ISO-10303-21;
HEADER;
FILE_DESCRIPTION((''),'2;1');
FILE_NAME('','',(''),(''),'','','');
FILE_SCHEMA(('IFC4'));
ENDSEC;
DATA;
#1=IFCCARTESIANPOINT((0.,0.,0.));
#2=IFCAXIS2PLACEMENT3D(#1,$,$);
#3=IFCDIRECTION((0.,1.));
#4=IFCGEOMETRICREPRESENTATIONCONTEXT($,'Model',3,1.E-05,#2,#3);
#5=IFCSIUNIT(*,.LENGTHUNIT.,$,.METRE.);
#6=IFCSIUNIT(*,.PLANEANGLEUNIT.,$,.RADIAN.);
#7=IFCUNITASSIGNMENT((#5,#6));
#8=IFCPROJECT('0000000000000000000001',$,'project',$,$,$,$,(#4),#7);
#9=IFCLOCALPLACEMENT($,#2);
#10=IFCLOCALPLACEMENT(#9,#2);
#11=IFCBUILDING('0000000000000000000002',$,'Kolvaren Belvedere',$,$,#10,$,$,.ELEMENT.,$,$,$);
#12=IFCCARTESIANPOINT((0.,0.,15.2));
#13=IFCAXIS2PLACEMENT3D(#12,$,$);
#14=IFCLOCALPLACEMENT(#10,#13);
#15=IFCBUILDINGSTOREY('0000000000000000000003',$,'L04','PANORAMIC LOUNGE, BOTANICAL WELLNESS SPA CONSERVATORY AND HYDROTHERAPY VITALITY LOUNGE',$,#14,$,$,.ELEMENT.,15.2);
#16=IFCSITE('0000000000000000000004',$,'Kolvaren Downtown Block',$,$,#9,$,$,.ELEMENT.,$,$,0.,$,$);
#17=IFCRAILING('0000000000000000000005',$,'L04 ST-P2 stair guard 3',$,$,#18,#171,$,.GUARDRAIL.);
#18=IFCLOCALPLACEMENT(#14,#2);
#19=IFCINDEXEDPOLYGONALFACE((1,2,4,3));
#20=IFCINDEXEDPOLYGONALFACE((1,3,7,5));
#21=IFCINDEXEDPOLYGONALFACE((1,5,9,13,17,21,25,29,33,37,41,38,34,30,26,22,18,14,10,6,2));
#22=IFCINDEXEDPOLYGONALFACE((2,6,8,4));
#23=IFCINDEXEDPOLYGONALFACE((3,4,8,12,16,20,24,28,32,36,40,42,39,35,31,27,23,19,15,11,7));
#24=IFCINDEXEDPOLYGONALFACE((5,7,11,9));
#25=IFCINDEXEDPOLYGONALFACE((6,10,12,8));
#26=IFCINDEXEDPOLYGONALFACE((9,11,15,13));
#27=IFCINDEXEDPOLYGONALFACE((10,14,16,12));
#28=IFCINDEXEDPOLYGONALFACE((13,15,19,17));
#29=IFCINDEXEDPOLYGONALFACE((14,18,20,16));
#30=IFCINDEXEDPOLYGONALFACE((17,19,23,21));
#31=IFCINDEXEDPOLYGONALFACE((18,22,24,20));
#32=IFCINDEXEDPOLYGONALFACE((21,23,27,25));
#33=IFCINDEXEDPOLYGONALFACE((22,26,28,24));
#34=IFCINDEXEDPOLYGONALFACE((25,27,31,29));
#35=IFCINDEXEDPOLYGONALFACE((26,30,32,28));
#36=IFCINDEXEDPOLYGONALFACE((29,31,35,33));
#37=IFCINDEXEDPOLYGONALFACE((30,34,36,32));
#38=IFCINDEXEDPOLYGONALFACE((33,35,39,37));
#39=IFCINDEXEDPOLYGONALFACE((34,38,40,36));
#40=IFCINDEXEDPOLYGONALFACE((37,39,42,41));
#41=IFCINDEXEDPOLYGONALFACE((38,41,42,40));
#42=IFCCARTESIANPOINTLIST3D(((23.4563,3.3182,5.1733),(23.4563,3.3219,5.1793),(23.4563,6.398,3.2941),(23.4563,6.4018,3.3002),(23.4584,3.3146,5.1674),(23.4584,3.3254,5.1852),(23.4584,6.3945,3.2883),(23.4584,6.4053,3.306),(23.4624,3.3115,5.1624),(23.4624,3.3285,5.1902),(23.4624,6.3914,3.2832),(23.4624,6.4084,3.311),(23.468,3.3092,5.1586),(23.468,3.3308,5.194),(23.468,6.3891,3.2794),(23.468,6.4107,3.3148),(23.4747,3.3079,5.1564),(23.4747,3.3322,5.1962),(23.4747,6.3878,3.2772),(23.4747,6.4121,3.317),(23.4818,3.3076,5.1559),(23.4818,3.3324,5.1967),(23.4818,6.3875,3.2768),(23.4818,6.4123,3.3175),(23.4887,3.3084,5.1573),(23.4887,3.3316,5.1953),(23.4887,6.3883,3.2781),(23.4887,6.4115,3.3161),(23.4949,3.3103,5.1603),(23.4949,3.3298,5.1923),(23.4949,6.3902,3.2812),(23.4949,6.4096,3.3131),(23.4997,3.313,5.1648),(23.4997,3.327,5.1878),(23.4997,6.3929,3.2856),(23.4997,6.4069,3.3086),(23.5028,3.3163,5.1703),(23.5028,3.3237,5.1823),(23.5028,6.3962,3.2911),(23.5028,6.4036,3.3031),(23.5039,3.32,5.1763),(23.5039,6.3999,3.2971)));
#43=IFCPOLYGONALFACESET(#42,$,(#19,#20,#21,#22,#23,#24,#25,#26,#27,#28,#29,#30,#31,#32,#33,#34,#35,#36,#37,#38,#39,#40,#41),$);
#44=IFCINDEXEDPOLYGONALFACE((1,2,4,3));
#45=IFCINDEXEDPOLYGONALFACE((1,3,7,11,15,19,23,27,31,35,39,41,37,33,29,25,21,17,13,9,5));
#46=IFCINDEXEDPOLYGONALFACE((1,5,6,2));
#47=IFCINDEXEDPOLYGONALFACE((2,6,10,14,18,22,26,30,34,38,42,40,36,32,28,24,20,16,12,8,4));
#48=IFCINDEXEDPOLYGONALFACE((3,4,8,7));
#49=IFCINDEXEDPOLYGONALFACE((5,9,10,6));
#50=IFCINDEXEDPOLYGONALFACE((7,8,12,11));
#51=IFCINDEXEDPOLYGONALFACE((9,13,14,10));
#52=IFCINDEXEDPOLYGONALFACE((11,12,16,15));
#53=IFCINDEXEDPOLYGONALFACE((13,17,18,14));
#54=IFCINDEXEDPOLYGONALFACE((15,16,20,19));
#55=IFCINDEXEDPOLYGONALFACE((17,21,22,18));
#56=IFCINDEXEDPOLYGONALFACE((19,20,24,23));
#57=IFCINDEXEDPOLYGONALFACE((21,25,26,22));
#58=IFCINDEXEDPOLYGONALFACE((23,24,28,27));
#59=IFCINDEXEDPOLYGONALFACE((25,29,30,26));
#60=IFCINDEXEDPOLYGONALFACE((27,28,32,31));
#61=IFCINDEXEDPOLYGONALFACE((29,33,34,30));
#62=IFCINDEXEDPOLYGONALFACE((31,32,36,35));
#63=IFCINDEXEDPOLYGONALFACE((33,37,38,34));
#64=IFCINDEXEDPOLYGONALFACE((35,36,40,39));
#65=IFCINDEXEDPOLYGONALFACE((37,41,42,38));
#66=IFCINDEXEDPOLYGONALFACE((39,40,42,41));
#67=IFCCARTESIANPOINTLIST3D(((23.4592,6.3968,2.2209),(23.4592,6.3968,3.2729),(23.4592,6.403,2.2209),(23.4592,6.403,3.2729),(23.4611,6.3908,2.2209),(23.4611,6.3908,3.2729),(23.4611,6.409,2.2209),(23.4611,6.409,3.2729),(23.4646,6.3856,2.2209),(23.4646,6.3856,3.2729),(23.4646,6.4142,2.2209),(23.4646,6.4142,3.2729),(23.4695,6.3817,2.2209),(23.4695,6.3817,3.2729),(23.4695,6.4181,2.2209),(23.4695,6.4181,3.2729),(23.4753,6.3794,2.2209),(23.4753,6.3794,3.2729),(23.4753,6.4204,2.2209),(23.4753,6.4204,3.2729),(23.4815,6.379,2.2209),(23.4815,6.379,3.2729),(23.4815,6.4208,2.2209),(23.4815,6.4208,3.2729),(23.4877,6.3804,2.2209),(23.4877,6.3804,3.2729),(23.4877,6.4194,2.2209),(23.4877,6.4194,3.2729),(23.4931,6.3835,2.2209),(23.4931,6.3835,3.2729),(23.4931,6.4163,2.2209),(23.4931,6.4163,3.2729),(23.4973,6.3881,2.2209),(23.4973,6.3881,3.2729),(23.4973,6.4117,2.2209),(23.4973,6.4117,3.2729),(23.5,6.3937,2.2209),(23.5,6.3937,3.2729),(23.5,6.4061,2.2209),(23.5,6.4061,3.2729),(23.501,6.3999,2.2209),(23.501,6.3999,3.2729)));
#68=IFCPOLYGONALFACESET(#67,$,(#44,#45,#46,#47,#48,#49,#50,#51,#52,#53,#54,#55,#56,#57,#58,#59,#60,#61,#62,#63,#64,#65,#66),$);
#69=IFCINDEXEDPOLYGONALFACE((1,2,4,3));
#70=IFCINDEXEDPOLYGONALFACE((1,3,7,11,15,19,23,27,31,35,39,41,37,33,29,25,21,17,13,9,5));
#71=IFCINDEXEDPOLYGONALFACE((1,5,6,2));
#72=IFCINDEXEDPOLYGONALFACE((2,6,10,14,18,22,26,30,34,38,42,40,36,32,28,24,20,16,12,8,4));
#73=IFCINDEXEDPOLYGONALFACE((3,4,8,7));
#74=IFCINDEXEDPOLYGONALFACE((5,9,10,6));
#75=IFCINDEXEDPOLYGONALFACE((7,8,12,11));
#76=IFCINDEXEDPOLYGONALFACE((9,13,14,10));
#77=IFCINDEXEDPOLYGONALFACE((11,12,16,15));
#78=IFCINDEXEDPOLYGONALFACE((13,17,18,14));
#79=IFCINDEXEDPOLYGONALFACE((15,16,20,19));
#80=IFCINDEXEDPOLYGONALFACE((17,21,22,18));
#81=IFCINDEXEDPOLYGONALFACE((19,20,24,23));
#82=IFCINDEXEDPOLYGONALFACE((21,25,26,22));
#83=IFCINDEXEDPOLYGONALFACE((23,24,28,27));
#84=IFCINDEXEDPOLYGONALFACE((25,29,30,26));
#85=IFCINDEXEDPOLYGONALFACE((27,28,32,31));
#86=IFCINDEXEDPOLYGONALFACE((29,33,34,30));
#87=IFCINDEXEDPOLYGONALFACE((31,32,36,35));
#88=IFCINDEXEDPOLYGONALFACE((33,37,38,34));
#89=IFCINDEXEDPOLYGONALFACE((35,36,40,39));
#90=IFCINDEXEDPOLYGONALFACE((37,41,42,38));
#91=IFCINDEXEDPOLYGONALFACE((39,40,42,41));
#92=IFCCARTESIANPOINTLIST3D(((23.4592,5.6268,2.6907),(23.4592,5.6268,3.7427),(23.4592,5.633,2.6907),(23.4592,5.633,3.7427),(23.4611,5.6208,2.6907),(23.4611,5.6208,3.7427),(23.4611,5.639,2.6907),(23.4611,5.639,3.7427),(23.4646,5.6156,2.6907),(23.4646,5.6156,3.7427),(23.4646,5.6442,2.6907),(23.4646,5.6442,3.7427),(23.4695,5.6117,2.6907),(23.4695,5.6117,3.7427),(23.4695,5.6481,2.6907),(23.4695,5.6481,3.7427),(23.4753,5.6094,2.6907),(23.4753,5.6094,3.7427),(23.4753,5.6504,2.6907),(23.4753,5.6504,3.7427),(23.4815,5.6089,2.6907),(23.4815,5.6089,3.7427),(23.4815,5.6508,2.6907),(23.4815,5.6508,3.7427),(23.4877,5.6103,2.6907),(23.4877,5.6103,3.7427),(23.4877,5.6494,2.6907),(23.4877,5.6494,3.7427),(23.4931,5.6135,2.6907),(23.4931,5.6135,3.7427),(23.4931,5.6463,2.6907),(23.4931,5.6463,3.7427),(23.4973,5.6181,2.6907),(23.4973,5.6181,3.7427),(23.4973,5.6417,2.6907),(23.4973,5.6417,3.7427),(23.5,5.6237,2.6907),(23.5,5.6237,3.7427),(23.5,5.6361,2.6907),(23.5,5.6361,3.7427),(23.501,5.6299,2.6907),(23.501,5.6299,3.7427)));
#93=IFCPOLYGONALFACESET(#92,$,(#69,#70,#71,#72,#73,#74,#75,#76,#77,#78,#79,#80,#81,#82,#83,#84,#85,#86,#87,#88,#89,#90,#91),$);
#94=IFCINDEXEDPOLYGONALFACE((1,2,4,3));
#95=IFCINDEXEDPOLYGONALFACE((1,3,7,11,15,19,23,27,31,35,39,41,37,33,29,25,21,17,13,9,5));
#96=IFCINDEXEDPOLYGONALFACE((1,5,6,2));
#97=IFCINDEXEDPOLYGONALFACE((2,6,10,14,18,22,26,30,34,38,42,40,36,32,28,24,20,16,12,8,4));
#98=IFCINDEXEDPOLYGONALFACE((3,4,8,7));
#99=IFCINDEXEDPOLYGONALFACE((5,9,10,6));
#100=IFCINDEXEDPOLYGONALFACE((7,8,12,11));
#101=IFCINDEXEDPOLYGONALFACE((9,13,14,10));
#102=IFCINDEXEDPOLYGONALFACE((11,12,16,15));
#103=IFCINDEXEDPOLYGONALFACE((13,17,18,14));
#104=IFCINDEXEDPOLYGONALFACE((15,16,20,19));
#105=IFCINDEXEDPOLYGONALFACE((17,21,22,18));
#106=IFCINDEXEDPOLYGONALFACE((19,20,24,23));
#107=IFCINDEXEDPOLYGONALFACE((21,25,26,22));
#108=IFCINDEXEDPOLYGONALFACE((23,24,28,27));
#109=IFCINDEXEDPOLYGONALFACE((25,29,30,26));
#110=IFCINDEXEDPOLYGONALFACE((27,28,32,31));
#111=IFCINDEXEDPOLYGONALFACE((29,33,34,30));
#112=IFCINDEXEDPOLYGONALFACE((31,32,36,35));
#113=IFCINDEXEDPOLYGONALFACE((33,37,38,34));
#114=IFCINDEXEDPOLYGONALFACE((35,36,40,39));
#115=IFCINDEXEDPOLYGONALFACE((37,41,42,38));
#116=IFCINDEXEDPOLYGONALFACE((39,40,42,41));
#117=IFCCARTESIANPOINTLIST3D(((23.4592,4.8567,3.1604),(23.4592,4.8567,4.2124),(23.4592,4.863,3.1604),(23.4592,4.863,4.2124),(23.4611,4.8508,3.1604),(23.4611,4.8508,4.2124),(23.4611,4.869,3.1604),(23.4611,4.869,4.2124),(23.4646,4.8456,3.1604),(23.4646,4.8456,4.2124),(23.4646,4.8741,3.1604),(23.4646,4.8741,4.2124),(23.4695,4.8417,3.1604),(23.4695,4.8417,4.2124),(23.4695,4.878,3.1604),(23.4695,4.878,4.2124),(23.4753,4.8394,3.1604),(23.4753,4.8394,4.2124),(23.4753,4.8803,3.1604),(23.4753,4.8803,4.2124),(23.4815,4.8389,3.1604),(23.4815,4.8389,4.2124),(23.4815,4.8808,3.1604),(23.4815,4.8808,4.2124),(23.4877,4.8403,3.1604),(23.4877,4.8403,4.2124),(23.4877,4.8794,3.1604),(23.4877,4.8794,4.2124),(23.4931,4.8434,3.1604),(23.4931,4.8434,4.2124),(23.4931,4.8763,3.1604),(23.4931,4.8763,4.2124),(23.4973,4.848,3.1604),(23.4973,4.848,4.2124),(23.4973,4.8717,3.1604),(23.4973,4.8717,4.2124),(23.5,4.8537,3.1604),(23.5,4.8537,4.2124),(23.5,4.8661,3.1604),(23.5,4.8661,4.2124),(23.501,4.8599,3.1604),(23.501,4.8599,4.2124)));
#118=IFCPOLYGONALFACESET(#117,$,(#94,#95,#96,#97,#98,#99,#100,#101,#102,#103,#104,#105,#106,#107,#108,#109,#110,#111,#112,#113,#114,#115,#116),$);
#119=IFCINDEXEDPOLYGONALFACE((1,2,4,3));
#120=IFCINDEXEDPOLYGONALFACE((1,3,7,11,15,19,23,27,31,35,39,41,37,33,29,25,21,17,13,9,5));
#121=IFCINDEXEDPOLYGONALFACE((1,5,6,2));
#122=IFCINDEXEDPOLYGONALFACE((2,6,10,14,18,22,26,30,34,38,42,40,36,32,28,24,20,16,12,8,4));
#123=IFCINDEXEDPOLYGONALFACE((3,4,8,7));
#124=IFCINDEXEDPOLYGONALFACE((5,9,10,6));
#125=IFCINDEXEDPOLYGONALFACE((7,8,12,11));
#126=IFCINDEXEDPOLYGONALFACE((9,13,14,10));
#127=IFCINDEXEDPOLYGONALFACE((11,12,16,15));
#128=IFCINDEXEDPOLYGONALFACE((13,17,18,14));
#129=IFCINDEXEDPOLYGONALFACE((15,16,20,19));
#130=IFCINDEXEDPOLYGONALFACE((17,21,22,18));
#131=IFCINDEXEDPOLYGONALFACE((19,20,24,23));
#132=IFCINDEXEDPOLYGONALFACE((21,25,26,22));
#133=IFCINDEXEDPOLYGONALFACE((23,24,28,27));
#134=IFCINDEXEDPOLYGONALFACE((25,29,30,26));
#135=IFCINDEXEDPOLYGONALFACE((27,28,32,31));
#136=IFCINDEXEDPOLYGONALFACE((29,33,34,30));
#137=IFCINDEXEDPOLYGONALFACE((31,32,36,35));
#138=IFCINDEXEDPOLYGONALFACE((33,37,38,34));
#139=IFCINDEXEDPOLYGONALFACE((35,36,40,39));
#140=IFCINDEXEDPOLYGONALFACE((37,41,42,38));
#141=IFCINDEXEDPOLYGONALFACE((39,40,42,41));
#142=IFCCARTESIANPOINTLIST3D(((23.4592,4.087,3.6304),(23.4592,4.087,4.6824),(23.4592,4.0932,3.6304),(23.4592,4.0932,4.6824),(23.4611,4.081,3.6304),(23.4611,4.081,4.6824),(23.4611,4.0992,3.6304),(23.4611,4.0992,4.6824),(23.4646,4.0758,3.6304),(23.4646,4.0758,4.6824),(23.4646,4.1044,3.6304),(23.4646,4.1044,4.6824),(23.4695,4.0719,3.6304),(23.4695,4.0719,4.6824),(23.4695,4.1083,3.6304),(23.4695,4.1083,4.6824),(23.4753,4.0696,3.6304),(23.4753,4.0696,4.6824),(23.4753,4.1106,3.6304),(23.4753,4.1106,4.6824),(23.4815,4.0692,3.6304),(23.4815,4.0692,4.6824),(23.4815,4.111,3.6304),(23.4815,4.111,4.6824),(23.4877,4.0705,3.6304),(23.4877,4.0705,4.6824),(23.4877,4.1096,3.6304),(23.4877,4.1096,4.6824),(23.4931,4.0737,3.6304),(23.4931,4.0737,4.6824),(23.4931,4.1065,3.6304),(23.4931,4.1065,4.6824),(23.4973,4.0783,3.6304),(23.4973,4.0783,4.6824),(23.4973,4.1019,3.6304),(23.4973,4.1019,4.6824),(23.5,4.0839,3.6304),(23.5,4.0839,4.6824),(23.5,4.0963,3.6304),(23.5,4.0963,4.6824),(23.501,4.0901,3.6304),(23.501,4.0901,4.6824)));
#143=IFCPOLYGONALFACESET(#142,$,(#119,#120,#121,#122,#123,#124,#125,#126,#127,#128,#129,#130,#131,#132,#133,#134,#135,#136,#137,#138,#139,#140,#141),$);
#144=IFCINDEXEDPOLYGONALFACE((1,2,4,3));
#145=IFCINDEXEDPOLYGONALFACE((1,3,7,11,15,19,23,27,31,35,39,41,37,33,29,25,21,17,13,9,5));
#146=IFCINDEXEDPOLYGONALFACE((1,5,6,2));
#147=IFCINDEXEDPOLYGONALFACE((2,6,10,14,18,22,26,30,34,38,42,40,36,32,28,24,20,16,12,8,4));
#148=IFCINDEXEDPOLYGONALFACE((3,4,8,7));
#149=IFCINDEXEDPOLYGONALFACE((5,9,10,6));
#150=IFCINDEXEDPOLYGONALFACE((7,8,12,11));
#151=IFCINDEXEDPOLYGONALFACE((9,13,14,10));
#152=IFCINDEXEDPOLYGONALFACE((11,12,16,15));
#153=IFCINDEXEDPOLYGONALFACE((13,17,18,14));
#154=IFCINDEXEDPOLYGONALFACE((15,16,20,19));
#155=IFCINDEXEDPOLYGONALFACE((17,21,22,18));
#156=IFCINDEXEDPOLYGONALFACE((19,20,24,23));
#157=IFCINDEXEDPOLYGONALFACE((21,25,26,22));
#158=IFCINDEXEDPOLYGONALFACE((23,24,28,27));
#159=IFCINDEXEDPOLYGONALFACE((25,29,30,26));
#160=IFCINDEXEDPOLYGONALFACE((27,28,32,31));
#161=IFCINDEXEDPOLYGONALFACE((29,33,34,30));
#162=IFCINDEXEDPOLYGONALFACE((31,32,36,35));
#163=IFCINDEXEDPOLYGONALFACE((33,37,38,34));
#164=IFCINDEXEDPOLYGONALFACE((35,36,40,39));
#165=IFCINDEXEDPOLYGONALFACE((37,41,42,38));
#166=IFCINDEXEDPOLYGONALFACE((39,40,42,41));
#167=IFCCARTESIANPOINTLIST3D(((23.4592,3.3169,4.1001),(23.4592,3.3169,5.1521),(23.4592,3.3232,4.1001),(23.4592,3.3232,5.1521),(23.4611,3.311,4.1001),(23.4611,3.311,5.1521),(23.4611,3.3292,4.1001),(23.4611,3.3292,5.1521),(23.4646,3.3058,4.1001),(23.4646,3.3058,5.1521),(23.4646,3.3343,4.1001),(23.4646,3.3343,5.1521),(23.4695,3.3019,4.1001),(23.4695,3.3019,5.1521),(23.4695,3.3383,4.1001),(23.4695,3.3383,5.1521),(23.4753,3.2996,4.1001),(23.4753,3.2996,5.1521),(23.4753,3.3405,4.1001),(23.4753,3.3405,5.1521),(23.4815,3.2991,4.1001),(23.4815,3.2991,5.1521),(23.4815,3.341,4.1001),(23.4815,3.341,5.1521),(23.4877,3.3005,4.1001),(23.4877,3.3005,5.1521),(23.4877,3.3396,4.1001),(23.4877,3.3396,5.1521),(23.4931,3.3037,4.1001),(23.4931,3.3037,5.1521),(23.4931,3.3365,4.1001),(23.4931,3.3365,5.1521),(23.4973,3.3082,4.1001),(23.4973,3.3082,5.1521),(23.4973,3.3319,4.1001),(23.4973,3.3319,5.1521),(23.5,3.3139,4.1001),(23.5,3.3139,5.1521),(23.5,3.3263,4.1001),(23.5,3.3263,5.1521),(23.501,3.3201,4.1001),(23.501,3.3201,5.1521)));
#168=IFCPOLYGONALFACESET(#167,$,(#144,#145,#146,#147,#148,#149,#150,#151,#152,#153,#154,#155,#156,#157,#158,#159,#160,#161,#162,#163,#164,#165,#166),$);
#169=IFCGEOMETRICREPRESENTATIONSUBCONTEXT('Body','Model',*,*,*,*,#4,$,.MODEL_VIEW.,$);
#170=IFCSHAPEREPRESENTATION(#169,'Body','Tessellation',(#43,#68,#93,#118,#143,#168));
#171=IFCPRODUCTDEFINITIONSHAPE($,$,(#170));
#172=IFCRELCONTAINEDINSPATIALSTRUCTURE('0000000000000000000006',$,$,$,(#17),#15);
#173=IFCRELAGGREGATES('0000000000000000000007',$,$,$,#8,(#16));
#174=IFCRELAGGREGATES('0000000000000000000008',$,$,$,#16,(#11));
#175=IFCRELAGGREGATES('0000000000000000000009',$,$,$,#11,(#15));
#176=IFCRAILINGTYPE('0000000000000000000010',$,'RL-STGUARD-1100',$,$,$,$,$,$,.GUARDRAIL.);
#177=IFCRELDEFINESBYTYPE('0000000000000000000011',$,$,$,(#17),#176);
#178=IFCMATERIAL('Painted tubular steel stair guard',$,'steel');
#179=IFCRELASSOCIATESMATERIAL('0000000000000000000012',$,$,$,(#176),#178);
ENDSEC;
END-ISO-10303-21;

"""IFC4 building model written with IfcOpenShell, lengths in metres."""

from ifc_helpers import new_model, si_unit, direction, frame, origin, origin_2d, place, context, subcontext, project, spatial, circle, extrude, material, type_object, element, save


model = new_model("IFC4")

# Units and contexts
model_context = context("Model", 3, precision=1e-05, world=origin(), true_north=direction((0.0, 1.0)))
body_context = subcontext(model_context, "Body", "Model", "MODEL_VIEW")
ifc_project = project(units=[si_unit("LENGTHUNIT", "METRE"), si_unit("PLANEANGLEUNIT", "RADIAN")], contexts=[model_context])

# Site, building, storey
site_placement = place(None, origin())
site = spatial("IfcSite", under=ifc_project, at=site_placement, Name="Kolvaren Downtown Block", CompositionType="ELEMENT", RefElevation=0.0)
building_placement = place(site_placement, origin())
building = spatial("IfcBuilding", under=site, at=building_placement, Name="Kolvaren Belvedere", CompositionType="ELEMENT")
storey_placement = place(building_placement, frame((0.0, 0.0, 15.2)))
storey = spatial("IfcBuildingStorey", under=building, at=storey_placement, Name="L04", Description="PANORAMIC LOUNGE, BOTANICAL WELLNESS SPA CONSERVATORY AND HYDROTHERAPY VITALITY LOUNGE", CompositionType="ELEMENT", Elevation=15.2)

# Railing
ifc_material_1 = material(Name="Painted tubular steel stair guard", Category="steel")
railing_type_1 = type_object("IfcRailingType", Name="RL-STGUARD-1100", PredefinedType="GUARDRAIL", material=ifc_material_1)
railing_1_placement = place(storey_placement, frame((23.48, 6.3999, 2.2209)))
element("IfcRailing", 1, at=railing_1_placement, inside=storey, type_object=railing_type_1, Name="L04 ST-P2 stair guard 3", PredefinedType="GUARDRAIL", context=body_context, shape_type="SweptSolid", body=[
    extrude(circle(Radius=0.0239, at=origin_2d()), frame((0.0, 0.0, 1.0762), z_axis=(0.0, -0.853648, 0.52085), x_axis=(1.0, 0.0, 0.0)), (0.0, 0.0, 1.0), 3.6079),
    extrude(circle(Radius=0.021, at=origin_2d()), origin(), (0.0, 0.0, 1.0), 1.052),
    extrude(circle(Radius=0.021, at=origin_2d()), frame((0.0, -0.77, 0.4697)), (0.0, 0.0, 1.0), 1.052),
    extrude(circle(Radius=0.021, at=origin_2d()), frame((0.0, -1.54, 0.9395)), (0.0, 0.0, 1.0), 1.052),
    extrude(circle(Radius=0.021, at=origin_2d()), frame((0.0, -2.3098, 1.4094)), (0.0, 0.0, 1.0), 1.052),
    extrude(circle(Radius=0.021, at=origin_2d()), frame((0.0, -3.0798, 1.8792)), (0.0, 0.0, 1.0), 1.052),
])

save(model, "model.ifc")
